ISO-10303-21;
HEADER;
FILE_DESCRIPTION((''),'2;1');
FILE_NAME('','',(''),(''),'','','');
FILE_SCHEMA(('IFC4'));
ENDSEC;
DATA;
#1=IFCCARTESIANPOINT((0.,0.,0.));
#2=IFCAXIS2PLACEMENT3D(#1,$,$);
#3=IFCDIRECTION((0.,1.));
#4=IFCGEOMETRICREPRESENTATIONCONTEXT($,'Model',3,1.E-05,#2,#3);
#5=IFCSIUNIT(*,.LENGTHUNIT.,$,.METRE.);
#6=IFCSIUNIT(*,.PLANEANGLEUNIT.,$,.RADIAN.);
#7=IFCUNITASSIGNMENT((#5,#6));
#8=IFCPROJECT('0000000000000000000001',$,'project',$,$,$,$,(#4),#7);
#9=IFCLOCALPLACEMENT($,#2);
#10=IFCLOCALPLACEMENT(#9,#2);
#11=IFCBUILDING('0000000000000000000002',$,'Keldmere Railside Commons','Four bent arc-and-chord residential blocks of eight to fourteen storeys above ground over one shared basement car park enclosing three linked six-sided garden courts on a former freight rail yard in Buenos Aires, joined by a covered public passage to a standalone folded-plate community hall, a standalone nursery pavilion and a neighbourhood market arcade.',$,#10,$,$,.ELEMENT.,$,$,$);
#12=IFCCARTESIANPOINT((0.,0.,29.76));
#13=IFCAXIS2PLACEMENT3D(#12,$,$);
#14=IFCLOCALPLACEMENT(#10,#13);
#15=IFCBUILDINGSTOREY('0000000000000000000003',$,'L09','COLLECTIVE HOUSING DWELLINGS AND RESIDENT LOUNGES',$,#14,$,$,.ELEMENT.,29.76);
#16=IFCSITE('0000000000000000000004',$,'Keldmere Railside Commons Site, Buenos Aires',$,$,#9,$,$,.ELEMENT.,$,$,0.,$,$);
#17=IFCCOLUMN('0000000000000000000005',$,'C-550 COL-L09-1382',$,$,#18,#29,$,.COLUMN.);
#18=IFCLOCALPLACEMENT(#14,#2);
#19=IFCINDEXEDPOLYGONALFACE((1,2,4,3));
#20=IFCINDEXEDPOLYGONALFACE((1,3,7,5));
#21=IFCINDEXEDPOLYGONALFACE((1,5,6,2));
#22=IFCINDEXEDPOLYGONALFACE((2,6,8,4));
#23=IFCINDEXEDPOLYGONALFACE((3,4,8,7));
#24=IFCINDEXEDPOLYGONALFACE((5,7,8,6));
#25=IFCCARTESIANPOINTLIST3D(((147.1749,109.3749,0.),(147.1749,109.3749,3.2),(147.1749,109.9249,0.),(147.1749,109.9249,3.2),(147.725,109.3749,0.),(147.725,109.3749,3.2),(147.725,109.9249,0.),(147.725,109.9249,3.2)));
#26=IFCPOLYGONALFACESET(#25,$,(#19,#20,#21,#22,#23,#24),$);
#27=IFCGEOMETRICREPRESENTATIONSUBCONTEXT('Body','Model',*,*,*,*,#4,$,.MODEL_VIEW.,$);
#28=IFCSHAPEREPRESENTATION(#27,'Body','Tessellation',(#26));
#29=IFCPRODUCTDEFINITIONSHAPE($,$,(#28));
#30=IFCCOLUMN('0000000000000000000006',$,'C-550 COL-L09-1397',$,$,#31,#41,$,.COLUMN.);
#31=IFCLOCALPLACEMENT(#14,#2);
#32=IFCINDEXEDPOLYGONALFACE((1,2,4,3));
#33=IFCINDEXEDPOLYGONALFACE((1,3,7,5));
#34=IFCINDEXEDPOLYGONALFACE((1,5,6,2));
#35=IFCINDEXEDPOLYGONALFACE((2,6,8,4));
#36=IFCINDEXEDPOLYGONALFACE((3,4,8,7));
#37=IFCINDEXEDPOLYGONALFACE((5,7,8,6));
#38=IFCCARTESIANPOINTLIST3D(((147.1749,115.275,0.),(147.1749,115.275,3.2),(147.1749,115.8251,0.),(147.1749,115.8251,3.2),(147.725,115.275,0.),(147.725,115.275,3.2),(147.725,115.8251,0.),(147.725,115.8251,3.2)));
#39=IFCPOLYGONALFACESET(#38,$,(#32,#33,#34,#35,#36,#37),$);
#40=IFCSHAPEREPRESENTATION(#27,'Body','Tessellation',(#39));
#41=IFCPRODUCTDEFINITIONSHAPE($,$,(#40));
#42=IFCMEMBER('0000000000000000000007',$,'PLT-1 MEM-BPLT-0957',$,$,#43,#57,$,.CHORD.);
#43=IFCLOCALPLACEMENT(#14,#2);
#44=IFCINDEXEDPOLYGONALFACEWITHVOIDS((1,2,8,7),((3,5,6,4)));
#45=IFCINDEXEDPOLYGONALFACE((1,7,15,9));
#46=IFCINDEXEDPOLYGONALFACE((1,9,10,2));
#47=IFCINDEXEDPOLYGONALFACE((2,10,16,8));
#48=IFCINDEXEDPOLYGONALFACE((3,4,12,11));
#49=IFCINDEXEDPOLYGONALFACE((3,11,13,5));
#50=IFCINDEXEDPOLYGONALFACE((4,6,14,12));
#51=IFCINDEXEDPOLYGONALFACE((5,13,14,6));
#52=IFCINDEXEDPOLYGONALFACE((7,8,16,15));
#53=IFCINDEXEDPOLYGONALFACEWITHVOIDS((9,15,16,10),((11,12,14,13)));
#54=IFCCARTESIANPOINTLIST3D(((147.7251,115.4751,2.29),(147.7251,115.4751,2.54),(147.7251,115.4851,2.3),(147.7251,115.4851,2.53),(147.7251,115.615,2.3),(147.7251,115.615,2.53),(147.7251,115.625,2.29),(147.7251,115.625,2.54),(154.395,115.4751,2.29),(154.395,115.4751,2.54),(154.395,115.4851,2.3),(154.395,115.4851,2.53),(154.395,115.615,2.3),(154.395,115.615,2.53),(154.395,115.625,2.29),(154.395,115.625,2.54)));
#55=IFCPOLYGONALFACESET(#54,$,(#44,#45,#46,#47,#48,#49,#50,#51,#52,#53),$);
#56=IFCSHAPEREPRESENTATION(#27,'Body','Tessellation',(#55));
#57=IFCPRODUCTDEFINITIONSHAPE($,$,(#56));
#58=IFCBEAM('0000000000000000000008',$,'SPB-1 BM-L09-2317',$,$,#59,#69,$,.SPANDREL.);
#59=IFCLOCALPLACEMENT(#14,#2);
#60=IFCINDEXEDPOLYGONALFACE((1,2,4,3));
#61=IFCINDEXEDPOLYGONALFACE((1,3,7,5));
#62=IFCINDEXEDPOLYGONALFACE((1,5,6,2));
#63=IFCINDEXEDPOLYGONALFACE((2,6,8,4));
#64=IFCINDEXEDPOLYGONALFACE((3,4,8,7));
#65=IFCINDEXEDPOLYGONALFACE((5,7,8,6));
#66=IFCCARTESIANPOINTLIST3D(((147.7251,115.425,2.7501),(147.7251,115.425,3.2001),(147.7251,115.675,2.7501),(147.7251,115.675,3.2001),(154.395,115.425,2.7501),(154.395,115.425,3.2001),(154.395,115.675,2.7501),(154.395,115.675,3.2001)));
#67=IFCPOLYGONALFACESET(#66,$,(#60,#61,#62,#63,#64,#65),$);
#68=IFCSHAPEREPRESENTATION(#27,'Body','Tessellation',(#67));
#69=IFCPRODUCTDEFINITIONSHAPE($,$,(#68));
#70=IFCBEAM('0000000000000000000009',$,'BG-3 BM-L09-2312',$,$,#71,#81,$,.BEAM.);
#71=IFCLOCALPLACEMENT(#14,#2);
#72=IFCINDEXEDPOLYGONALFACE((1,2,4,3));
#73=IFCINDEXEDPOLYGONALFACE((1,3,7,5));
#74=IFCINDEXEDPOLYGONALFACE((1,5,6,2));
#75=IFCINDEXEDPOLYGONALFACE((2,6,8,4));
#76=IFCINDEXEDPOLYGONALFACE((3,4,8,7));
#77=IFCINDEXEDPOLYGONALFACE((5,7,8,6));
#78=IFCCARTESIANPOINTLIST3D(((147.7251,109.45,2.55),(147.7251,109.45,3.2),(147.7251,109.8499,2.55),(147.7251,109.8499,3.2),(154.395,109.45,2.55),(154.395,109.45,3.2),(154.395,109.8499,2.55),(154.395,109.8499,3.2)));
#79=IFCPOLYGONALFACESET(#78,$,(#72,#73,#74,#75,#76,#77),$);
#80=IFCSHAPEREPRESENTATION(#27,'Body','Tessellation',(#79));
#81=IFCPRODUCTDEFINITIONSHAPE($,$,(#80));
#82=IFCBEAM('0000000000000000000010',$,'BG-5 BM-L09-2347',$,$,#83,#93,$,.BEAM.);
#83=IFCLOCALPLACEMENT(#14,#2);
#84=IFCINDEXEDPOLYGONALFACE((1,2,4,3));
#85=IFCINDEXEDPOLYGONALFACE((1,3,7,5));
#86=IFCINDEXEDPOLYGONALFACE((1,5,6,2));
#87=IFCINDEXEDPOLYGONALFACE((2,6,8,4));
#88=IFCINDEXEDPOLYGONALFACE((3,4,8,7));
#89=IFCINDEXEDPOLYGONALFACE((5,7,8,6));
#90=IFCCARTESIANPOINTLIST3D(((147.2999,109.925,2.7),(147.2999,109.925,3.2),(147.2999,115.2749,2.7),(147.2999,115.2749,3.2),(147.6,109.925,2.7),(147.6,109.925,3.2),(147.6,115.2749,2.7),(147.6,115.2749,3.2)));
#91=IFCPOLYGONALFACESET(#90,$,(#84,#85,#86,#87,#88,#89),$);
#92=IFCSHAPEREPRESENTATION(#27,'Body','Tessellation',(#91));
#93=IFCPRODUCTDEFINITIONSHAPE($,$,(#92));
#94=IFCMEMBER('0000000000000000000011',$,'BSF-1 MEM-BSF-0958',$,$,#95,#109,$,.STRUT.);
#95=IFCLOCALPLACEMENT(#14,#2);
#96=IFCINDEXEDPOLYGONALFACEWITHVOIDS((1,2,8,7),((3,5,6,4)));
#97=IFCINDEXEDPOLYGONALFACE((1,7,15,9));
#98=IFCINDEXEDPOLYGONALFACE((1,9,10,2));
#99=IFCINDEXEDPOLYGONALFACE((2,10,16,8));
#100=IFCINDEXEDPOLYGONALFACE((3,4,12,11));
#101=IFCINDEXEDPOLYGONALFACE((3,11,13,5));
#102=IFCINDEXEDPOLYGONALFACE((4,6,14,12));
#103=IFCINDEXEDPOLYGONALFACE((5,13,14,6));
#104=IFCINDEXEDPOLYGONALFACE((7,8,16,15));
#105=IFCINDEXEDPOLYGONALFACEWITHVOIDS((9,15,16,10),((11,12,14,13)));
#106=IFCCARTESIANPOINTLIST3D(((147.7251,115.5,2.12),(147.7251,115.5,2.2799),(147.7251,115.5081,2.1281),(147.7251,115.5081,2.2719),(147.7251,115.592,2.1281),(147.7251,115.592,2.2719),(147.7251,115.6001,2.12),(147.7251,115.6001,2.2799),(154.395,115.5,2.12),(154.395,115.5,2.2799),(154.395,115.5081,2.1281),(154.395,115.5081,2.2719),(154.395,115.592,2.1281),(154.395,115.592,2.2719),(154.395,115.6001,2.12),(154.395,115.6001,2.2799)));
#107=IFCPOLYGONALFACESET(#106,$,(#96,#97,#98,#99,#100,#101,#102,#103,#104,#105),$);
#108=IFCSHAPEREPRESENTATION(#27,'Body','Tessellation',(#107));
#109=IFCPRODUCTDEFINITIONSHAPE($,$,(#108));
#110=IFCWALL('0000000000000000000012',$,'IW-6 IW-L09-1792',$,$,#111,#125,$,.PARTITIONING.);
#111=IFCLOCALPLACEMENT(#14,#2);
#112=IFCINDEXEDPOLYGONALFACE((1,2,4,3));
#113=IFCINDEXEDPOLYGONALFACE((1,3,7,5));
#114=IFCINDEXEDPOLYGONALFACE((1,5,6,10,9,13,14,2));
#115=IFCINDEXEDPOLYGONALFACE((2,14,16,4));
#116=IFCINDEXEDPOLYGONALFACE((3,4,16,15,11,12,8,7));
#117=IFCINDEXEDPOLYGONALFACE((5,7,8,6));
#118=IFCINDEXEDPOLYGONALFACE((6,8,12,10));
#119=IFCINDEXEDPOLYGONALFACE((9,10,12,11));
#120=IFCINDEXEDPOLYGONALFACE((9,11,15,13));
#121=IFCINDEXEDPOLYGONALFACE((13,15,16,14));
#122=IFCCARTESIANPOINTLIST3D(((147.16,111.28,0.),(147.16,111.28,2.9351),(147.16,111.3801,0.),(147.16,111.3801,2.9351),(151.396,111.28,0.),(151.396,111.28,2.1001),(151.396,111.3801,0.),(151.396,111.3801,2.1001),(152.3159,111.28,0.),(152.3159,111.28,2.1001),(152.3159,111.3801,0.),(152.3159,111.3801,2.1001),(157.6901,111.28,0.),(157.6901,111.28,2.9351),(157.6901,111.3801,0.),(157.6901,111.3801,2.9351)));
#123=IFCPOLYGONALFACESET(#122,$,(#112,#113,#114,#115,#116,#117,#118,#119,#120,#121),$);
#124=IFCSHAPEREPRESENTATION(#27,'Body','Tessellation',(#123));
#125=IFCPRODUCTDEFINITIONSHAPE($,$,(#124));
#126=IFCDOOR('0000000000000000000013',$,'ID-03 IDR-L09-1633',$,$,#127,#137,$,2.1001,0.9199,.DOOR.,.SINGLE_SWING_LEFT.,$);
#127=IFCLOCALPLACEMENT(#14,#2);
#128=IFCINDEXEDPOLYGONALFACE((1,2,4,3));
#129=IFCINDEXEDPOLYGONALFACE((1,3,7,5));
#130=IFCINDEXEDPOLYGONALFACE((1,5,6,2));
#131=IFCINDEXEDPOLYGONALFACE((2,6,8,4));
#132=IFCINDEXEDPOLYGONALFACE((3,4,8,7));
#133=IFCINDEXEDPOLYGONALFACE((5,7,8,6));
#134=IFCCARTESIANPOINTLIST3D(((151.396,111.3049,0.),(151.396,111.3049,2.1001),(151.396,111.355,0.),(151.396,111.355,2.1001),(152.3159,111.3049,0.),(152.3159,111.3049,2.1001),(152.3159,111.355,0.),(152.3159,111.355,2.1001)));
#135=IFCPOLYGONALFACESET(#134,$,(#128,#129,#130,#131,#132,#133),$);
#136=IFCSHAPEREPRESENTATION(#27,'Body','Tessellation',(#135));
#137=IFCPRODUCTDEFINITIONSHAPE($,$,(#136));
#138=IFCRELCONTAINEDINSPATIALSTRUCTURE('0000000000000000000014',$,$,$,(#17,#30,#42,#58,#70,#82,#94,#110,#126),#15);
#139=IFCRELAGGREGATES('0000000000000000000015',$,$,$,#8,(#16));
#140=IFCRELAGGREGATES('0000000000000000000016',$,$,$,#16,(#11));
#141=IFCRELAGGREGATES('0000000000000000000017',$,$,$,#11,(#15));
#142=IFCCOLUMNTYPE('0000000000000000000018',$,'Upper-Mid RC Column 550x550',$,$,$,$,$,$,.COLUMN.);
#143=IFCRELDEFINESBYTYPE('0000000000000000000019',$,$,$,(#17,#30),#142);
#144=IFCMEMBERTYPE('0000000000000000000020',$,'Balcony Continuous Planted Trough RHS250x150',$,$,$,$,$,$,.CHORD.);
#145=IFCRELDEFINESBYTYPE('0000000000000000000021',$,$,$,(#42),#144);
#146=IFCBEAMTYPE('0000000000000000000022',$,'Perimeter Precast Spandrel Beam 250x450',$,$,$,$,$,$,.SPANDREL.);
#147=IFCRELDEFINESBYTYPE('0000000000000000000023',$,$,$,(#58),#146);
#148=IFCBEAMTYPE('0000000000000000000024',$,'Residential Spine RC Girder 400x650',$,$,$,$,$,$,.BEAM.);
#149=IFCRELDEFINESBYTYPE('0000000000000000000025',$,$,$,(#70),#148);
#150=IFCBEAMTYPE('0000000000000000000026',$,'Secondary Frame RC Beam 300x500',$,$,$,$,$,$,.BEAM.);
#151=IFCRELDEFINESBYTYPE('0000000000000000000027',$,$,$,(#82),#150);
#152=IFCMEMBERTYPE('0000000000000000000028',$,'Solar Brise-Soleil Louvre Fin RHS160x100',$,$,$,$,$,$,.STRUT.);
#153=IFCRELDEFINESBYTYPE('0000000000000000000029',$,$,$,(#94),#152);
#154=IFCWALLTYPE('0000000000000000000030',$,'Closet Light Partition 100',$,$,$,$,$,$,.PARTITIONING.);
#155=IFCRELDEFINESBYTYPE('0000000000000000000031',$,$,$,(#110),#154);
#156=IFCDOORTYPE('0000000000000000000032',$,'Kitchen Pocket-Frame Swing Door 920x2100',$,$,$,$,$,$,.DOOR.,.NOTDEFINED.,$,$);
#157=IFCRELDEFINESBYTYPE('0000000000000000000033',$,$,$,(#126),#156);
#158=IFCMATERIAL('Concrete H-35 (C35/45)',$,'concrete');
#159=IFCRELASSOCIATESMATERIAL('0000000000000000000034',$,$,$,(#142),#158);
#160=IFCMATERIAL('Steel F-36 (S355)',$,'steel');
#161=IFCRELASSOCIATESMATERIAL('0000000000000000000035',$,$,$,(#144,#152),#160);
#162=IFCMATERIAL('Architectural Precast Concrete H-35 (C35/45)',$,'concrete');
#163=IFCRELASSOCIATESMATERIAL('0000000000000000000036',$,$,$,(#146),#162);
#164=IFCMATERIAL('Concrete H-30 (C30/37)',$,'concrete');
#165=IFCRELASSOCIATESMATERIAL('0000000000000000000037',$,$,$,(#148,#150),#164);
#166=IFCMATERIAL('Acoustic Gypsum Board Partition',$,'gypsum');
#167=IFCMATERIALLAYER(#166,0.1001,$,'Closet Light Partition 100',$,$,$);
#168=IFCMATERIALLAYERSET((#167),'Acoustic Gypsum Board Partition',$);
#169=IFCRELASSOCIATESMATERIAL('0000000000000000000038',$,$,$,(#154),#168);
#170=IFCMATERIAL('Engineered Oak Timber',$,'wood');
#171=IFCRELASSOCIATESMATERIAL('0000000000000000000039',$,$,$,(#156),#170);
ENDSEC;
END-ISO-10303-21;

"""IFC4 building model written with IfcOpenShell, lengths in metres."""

from ifc_helpers import new_model, si_unit, direction, frame, frame_2d, origin, origin_2d, place, context, subcontext, project, spatial, rectangle, hollow_rectangle, extrude, material, layer, layer_set, material_profile, profile_set, type_object, element, fill, save


model = new_model("IFC4")

# Units and contexts
model_context = context("Model", 3, precision=1e-05, world=origin(), true_north=direction((0.0, 1.0)))
body_context = subcontext(model_context, "Body", "Model", "MODEL_VIEW")
ifc_project = project(units=[si_unit("LENGTHUNIT", "METRE"), si_unit("PLANEANGLEUNIT", "RADIAN")], contexts=[model_context])

# Site, building, storey
site_placement = place(None, origin())
site = spatial("IfcSite", under=ifc_project, at=site_placement, Name="Keldmere Railside Commons Site, Buenos Aires", CompositionType="ELEMENT", RefElevation=0.0)
building_placement = place(site_placement, origin())
building = spatial("IfcBuilding", under=site, at=building_placement, Name="Keldmere Railside Commons", Description="Four bent arc-and-chord residential blocks of eight to fourteen storeys above ground over one shared basement car park enclosing three linked six-sided garden courts on a former freight rail yard in Buenos Aires, joined by a covered public passage to a standalone folded-plate community hall, a standalone nursery pavilion and a neighbourhood market arcade.", CompositionType="ELEMENT")
storey_placement = place(building_placement, frame((0.0, 0.0, 29.76)))
storey = spatial("IfcBuildingStorey", under=building, at=storey_placement, Name="L09", Description="COLLECTIVE HOUSING DWELLINGS AND RESIDENT LOUNGES", CompositionType="ELEMENT", Elevation=29.76)

# Columns
ifc_material_1 = material(Name="Concrete H-35 (C35/45)", Category="concrete")
ifc_material_profile_1 = material_profile(ifc_material_1, rectangle(XDim=0.55, YDim=0.55, at=origin_2d()), Name="RC-550x550")
ifc_profile_set_1 = profile_set([ifc_material_profile_1], Name="Concrete H-35 (C35/45)")
column_type = type_object("IfcColumnType", Name="Upper-Mid RC Column 550x550", PredefinedType="COLUMN", material=ifc_profile_set_1)
for number, where, z_axis, x_axis, name in (
    (1, (147.45, 109.6499, 0.0), (0.0, 0.0, 1.0), (1.0, 0.0, 0.0), "C-550 COL-L09-1382"),
    (2, (147.45, 115.55, 0.0), (0.0, 0.0, 1.0), (1.0, 0.0, 0.0), "C-550 COL-L09-1397"),
):
    element("IfcColumn", number, at=place(storey_placement, frame(where, z_axis=z_axis, x_axis=x_axis)), inside=storey, type_object=column_type, Name=name, PredefinedType="COLUMN", context=body_context, shape_type="SweptSolid", body=[
        extrude(rectangle(XDim=0.55, YDim=0.55, at=origin_2d()), origin(), (0.0, 0.0, 1.0), 3.2),
    ])

# Member
ifc_material_2 = material(Name="Steel F-36 (S355)", Category="steel")
ifc_material_profile_2 = material_profile(ifc_material_2, hollow_rectangle(XDim=0.1499, YDim=0.25, WallThickness=0.01, at=origin_2d()), Name="RHS-250x150x10")
ifc_profile_set_2 = profile_set([ifc_material_profile_2], Name="Steel F-36 (S355)")
member_type_1 = type_object("IfcMemberType", Name="Balcony Continuous Planted Trough RHS250x150", PredefinedType="CHORD", material=ifc_profile_set_2)
member_1_placement = place(storey_placement, frame((147.7251, 115.55, 2.415), z_axis=(1.0, 0.0, 0.0), x_axis=(0.0, 1.0, 0.0)))
element("IfcMember", 3, at=member_1_placement, inside=storey, type_object=member_type_1, Name="PLT-1 MEM-BPLT-0957", PredefinedType="CHORD", context=body_context, shape_type="SweptSolid", body=[
    extrude(hollow_rectangle(XDim=0.1499, YDim=0.25, WallThickness=0.01, at=origin_2d()), origin(), (0.0, 0.0, 1.0), 6.6699),
])

# Beams
ifc_material_3 = material(Name="Architectural Precast Concrete H-35 (C35/45)", Category="concrete")
ifc_material_profile_3 = material_profile(ifc_material_3, rectangle(XDim=0.25, YDim=0.45, at=origin_2d()), Name="RC-250x450")
ifc_profile_set_3 = profile_set([ifc_material_profile_3], Name="Architectural Precast Concrete H-35 (C35/45)")
beam_type_1 = type_object("IfcBeamType", Name="Perimeter Precast Spandrel Beam 250x450", PredefinedType="SPANDREL", material=ifc_profile_set_3)
beam_1_placement = place(storey_placement, frame((147.7251, 115.55, 2.9751), z_axis=(1.0, 0.0, 0.0), x_axis=(0.0, 1.0, 0.0)))
element("IfcBeam", 4, at=beam_1_placement, inside=storey, type_object=beam_type_1, Name="SPB-1 BM-L09-2317", PredefinedType="SPANDREL", context=body_context, shape_type="SweptSolid", body=[
    extrude(rectangle(XDim=0.25, YDim=0.45, at=origin_2d()), origin(), (0.0, 0.0, 1.0), 6.6699),
])
ifc_material_4 = material(Name="Concrete H-30 (C30/37)", Category="concrete")
ifc_material_profile_4 = material_profile(ifc_material_4, rectangle(XDim=0.3999, YDim=0.6499, at=origin_2d()), Name="RC-400x650")
ifc_profile_set_4 = profile_set([ifc_material_profile_4], Name="Concrete H-30 (C30/37)")
beam_type_2 = type_object("IfcBeamType", Name="Residential Spine RC Girder 400x650", PredefinedType="BEAM", material=ifc_profile_set_4)
beam_2_placement = place(storey_placement, frame((147.7251, 109.6499, 2.875), z_axis=(1.0, 0.0, 0.0), x_axis=(0.0, 1.0, 0.0)))
element("IfcBeam", 5, at=beam_2_placement, inside=storey, type_object=beam_type_2, Name="BG-3 BM-L09-2312", PredefinedType="BEAM", context=body_context, shape_type="SweptSolid", body=[
    extrude(rectangle(XDim=0.3999, YDim=0.6499, at=origin_2d()), origin(), (0.0, 0.0, 1.0), 6.6699),
])
ifc_material_profile_5 = material_profile(ifc_material_4, rectangle(XDim=0.3, YDim=0.5, at=origin_2d()), Name="RC-300x500")
ifc_profile_set_5 = profile_set([ifc_material_profile_5], Name="Concrete H-30 (C30/37)")
beam_type_3 = type_object("IfcBeamType", Name="Secondary Frame RC Beam 300x500", PredefinedType="BEAM", material=ifc_profile_set_5)
beam_3_placement = place(storey_placement, frame((147.45, 109.925, 2.95), z_axis=(0.0, 1.0, 0.0), x_axis=(-1.0, 0.0, 0.0)))
element("IfcBeam", 6, at=beam_3_placement, inside=storey, type_object=beam_type_3, Name="BG-5 BM-L09-2347", PredefinedType="BEAM", context=body_context, shape_type="SweptSolid", body=[
    extrude(rectangle(XDim=0.3, YDim=0.5, at=origin_2d()), origin(), (0.0, 0.0, 1.0), 5.3499),
])

# Member
ifc_material_profile_6 = material_profile(ifc_material_2, hollow_rectangle(XDim=0.1001, YDim=0.1599, WallThickness=0.0081, at=origin_2d()), Name="RHS-160x100x8")
ifc_profile_set_6 = profile_set([ifc_material_profile_6], Name="Steel F-36 (S355)")
member_type_2 = type_object("IfcMemberType", Name="Solar Brise-Soleil Louvre Fin RHS160x100", PredefinedType="STRUT", material=ifc_profile_set_6)
member_2_placement = place(storey_placement, frame((147.7251, 115.55, 2.2), z_axis=(1.0, 0.0, 0.0), x_axis=(0.0, 1.0, 0.0)))
element("IfcMember", 7, at=member_2_placement, inside=storey, type_object=member_type_2, Name="BSF-1 MEM-BSF-0958", PredefinedType="STRUT", context=body_context, shape_type="SweptSolid", body=[
    extrude(hollow_rectangle(XDim=0.1001, YDim=0.1599, WallThickness=0.0081, at=origin_2d()), origin(), (0.0, 0.0, 1.0), 6.6699),
])

# Wall, opening, door
ifc_material_5 = material(Name="Acoustic Gypsum Board Partition", Category="gypsum")
ifc_layer_1 = layer(ifc_material_5, 0.1001, Name="Closet Light Partition 100")
ifc_layer_set_1 = layer_set([ifc_layer_1], Name="Acoustic Gypsum Board Partition")
wall_type_1 = type_object("IfcWallType", Name="Closet Light Partition 100", PredefinedType="PARTITIONING", material=ifc_layer_set_1)
wall_1_placement = place(storey_placement, frame((147.1599, 111.3301, 0.0), z_axis=(0.0, 0.0, 1.0), x_axis=(1.0, 0.0, 0.0)))
wall_1 = element("IfcWall", 8, at=wall_1_placement, inside=storey, type_object=wall_type_1, Name="IW-6 IW-L09-1792", PredefinedType="PARTITIONING", context=body_context, shape_type="SweptSolid", body=[
    extrude(rectangle(XDim=10.53, YDim=0.1001, at=frame_2d((5.2651, 0.0))), origin(), (0.0, 0.0, 1.0), 2.9351),
])
opening_1_placement = place(wall_1_placement, frame((4.2361, 0.0, 0.0)))
opening_1 = element("IfcOpeningElement", 9, at=opening_1_placement, cuts=wall_1, PredefinedType="OPENING", context=body_context, shape_type="SweptSolid", body=[
    extrude(rectangle(XDim=0.9199, YDim=2.1001, at=frame_2d((0.46, 1.05))), frame((0.0, 0.0601, 0.0), z_axis=(0.0, -1.0, 0.0), x_axis=(1.0, 0.0, 0.0)), (0.0, 0.0, 1.0), 0.1201),
])
ifc_material_6 = material(Name="Engineered Oak Timber", Category="wood")
door_type_1 = type_object("IfcDoorType", Name="Kitchen Pocket-Frame Swing Door 920x2100", OperationType="NOTDEFINED", PredefinedType="DOOR", material=ifc_material_6)
door_1_placement = place(opening_1_placement, origin())
door_1 = element("IfcDoor", 10, at=door_1_placement, inside=storey, type_object=door_type_1, Name="ID-03 IDR-L09-1633", OperationType="SINGLE_SWING_LEFT", OverallHeight=2.1001, OverallWidth=0.9199, PredefinedType="DOOR", context=body_context, shape_type="SweptSolid", body=[
    extrude(rectangle(XDim=0.9199, YDim=2.1001, at=frame_2d((0.46, 1.05))), frame((0.0, 0.0249, 0.0), z_axis=(0.0, -1.0, 0.0), x_axis=(1.0, 0.0, 0.0)), (0.0, 0.0, 1.0), 0.05),
])
fill(opening_1, door_1)

save(model, "model.ifc")
